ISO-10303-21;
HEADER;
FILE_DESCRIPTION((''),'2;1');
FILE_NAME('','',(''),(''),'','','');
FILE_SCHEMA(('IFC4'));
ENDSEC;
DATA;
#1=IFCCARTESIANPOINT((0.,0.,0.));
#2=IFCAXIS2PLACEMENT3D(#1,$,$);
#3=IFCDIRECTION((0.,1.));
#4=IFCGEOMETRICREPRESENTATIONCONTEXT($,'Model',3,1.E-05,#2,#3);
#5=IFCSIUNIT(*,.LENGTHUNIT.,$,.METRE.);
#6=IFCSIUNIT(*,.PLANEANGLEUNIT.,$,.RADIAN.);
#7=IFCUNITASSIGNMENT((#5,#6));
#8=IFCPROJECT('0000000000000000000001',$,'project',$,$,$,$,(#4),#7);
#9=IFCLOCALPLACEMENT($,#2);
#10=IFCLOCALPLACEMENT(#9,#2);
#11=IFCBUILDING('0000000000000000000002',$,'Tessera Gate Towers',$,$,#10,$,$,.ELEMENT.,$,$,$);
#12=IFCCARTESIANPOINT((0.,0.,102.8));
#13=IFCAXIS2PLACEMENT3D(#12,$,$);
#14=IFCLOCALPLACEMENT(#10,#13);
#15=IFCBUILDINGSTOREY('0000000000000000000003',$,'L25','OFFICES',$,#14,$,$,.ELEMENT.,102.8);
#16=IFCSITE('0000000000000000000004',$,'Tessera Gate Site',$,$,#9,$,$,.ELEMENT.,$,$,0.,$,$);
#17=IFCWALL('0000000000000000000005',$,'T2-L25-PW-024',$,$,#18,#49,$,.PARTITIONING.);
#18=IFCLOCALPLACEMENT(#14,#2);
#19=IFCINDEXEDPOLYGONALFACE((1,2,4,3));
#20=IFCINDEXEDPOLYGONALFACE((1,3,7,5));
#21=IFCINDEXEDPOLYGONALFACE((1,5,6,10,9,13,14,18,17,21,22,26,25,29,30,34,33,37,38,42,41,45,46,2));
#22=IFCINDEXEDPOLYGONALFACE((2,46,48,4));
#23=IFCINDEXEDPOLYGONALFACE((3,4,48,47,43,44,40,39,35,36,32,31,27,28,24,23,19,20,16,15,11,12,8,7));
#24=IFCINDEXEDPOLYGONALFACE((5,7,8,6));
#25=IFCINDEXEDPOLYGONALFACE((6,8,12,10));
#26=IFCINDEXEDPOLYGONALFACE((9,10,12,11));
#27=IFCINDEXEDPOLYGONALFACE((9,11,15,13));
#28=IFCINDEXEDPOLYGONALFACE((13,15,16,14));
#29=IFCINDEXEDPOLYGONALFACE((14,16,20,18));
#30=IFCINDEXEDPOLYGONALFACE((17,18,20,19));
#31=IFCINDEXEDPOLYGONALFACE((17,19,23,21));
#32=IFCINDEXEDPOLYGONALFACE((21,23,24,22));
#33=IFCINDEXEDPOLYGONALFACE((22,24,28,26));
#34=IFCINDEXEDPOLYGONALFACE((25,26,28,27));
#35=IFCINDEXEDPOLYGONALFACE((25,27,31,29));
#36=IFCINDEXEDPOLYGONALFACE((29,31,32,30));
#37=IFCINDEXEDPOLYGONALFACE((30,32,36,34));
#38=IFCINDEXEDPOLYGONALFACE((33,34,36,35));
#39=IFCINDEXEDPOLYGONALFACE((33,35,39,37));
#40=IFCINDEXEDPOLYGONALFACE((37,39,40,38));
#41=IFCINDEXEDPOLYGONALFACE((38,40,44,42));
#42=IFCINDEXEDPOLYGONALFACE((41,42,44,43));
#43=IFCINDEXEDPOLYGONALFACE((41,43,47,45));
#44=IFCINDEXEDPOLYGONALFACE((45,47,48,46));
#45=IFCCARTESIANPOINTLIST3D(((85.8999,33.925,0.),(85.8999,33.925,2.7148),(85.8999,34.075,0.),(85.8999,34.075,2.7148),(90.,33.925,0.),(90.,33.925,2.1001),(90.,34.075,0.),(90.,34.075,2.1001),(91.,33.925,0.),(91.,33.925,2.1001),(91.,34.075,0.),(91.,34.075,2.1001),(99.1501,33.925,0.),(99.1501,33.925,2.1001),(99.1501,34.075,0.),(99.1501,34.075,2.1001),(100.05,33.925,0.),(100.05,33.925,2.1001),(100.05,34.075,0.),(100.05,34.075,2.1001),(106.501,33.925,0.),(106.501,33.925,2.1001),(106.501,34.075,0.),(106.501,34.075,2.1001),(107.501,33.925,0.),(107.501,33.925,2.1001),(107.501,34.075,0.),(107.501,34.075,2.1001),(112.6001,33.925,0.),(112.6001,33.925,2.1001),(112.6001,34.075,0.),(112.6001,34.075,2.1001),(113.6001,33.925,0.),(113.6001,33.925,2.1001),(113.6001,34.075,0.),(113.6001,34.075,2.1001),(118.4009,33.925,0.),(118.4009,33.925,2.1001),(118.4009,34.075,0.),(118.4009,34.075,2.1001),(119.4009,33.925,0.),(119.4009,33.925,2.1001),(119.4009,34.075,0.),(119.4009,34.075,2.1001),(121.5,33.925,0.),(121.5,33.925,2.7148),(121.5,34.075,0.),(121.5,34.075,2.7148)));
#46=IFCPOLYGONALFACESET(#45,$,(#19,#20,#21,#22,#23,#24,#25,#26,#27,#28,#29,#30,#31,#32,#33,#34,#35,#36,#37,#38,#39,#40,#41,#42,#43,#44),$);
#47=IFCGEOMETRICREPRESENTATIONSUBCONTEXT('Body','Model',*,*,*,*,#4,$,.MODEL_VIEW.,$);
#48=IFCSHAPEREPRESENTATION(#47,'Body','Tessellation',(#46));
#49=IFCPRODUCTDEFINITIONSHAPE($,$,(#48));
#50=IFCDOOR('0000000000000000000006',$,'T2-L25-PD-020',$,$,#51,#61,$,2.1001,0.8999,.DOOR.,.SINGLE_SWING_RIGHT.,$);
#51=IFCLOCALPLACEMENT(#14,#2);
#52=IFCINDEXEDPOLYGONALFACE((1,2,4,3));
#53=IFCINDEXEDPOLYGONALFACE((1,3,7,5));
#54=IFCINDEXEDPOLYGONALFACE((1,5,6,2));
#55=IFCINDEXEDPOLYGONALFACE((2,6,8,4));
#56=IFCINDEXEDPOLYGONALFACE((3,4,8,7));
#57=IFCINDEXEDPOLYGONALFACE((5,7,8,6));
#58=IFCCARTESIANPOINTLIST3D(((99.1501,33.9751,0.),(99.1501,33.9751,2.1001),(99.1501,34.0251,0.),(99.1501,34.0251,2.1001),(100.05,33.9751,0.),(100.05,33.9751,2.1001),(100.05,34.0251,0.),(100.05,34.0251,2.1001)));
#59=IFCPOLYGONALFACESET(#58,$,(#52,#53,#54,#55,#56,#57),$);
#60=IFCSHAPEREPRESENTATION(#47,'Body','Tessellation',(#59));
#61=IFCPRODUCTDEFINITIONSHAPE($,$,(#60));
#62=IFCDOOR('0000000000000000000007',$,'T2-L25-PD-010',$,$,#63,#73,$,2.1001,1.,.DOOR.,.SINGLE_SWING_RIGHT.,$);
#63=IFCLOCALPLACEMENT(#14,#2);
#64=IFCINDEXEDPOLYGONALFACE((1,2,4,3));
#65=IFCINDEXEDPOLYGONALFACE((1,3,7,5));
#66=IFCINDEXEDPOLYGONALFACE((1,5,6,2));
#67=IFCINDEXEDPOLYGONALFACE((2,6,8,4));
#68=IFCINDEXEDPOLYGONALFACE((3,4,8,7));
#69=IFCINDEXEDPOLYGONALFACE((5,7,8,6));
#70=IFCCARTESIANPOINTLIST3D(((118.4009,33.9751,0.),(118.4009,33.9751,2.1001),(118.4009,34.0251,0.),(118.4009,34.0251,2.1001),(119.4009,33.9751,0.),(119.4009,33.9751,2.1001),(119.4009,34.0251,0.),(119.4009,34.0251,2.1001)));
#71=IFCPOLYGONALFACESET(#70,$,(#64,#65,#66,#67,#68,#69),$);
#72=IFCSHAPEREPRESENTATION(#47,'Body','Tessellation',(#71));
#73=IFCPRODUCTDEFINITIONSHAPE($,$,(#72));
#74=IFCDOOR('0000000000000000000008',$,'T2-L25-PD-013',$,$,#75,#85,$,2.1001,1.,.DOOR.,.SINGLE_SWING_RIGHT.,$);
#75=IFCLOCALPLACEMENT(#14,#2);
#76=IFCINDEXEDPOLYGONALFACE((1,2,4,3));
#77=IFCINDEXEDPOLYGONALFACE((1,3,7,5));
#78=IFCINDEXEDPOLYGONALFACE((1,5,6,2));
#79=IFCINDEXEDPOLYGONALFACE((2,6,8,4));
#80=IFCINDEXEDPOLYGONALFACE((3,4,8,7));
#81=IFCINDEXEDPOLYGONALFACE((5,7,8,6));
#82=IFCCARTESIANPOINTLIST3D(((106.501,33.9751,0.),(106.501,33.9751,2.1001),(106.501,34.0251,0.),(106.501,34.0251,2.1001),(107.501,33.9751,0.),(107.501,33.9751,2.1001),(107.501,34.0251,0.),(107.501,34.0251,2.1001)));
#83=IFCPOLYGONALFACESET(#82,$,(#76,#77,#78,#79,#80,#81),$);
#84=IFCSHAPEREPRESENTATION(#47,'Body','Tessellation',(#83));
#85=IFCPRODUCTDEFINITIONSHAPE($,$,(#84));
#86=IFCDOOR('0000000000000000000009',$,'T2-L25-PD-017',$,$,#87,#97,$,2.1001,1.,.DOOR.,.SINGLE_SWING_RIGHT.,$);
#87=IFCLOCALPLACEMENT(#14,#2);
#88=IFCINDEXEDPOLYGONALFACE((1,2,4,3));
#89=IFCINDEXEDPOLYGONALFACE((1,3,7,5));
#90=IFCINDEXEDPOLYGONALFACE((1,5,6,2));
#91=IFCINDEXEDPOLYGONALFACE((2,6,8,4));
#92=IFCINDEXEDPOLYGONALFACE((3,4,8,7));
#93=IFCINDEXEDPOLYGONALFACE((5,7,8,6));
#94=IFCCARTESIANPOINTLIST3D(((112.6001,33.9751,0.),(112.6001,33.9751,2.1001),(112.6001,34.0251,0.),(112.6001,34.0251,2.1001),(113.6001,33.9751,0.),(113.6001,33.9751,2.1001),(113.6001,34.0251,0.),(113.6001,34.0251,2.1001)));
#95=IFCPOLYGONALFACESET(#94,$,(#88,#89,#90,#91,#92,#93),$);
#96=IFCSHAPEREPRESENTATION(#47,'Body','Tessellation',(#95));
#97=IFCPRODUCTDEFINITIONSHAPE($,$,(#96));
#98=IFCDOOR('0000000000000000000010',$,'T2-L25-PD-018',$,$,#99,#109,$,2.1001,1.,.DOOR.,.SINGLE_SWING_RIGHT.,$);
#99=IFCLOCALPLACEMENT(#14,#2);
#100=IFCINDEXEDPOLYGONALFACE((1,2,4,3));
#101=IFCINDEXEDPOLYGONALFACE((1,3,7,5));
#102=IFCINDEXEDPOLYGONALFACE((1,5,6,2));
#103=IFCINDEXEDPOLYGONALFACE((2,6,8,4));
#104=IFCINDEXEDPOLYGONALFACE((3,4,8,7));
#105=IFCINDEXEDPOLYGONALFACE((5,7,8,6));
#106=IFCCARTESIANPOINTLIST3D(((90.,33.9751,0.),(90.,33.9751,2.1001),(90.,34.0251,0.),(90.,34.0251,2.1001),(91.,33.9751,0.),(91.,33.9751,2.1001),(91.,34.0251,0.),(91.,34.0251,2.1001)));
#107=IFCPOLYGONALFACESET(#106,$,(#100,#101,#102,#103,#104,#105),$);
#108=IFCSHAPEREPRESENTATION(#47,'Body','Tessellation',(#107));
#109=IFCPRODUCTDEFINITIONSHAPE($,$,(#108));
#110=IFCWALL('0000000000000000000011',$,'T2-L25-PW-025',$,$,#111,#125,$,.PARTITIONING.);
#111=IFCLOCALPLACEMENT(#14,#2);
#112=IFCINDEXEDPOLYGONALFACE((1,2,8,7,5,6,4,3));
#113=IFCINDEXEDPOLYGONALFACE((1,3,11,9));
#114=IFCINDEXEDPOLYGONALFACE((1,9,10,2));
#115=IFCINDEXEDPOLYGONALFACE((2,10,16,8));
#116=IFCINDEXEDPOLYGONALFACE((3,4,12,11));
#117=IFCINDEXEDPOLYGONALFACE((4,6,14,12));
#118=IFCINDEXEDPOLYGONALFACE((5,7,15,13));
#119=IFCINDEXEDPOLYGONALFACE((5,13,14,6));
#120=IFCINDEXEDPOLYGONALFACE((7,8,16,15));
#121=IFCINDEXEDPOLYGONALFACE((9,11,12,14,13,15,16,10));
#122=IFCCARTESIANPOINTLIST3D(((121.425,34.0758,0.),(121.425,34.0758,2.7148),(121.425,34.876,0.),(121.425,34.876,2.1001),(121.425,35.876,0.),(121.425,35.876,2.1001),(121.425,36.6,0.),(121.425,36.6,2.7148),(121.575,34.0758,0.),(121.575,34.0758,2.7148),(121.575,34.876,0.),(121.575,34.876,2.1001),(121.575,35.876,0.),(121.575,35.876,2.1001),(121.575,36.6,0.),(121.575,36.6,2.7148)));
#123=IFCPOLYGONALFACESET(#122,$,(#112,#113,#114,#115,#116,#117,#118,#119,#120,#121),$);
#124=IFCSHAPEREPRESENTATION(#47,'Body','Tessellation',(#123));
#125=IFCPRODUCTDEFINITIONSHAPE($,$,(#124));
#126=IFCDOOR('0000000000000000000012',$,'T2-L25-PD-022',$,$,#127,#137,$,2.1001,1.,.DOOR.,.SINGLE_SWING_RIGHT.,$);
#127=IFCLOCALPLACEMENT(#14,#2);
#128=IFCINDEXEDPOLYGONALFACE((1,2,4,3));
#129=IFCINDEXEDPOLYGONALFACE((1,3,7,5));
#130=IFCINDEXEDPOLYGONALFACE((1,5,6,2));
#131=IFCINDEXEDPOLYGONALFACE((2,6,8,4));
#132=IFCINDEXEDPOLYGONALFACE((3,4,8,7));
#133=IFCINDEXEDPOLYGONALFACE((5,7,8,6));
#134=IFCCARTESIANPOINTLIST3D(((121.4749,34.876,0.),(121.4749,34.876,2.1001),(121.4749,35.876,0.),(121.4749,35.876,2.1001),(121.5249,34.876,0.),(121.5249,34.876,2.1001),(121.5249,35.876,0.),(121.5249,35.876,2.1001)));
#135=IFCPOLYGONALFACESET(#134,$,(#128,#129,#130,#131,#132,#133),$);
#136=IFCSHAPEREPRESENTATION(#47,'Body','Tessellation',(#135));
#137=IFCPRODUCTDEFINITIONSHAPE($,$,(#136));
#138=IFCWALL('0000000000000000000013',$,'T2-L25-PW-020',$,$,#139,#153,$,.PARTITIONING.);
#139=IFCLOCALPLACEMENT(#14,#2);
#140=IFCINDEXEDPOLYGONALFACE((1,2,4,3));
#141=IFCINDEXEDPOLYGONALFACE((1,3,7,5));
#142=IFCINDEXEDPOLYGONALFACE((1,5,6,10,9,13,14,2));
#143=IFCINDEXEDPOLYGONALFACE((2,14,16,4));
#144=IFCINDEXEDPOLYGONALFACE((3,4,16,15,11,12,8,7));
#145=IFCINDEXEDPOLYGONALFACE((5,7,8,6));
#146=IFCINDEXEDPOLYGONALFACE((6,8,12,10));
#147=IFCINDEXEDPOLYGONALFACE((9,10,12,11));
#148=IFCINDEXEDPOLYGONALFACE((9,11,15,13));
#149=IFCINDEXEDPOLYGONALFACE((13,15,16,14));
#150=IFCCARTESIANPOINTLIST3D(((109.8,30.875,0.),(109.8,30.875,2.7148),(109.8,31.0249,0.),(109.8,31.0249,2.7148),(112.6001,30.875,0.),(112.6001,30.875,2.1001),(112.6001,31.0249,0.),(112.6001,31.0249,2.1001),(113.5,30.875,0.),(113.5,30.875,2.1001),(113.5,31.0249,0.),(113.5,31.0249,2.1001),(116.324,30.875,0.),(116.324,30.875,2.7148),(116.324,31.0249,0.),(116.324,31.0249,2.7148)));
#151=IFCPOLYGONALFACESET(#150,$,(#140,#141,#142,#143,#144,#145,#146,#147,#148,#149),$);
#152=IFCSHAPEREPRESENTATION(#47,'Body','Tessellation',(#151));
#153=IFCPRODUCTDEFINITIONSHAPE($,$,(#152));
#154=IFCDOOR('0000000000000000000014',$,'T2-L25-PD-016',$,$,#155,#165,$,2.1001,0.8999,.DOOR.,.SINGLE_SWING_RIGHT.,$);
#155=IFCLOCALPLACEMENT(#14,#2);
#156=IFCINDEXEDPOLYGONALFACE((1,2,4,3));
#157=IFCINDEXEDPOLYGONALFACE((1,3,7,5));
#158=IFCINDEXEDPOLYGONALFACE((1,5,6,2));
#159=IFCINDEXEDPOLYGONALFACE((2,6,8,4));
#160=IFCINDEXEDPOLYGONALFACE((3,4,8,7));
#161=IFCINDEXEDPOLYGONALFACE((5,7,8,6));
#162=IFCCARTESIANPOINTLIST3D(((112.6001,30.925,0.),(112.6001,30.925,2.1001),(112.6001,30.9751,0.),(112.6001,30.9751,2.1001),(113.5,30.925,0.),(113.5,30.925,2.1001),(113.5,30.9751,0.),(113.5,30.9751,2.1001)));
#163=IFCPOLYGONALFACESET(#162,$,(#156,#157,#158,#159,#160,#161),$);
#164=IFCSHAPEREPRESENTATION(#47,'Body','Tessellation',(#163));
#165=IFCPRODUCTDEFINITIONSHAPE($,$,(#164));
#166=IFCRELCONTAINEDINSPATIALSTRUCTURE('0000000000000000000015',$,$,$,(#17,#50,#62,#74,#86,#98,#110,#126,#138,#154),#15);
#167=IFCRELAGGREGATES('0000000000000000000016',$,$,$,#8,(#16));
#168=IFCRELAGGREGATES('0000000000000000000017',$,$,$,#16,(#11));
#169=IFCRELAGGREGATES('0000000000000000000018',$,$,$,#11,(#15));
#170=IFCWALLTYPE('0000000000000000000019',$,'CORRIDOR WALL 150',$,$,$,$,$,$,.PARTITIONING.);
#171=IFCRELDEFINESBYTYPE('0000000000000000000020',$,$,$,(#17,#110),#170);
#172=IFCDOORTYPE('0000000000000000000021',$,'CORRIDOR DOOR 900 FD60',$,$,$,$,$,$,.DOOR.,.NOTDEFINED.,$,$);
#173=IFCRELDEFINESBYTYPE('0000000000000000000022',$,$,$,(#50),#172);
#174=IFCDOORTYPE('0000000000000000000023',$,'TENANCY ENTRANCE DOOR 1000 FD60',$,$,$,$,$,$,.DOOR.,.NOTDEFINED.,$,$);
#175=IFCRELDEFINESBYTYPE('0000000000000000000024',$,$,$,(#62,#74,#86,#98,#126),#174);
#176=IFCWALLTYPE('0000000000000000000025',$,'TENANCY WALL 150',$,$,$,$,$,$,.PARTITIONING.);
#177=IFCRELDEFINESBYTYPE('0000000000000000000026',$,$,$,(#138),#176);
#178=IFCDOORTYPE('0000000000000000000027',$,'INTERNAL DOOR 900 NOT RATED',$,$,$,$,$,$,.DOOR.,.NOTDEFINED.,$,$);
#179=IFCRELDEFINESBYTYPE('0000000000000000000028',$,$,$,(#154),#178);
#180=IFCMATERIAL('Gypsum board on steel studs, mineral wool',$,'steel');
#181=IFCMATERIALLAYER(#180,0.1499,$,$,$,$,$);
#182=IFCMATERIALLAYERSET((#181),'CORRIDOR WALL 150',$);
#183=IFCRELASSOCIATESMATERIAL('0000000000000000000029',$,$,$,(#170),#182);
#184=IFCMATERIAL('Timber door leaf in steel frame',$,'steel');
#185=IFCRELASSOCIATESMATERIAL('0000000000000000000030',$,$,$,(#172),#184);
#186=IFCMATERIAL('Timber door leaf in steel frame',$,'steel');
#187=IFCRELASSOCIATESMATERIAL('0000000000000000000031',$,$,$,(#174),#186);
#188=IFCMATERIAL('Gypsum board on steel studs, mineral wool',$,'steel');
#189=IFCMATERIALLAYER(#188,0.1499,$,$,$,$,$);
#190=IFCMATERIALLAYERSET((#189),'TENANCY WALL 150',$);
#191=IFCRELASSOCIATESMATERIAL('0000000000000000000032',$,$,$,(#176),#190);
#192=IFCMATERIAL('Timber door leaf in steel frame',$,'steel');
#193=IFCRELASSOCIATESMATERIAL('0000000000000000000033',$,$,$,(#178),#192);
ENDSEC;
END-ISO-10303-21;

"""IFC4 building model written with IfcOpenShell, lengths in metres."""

from ifc_helpers import new_model, si_unit, direction, frame, frame_2d, origin, place, context, subcontext, project, spatial, rectangle, extrude, source, transform, mapped, material, layer, layer_set, type_object, element, fill, save


model = new_model("IFC4")

# Units and contexts
model_context = context("Model", 3, precision=1e-05, world=origin(), true_north=direction((0.0, 1.0)))
body_context = subcontext(model_context, "Body", "Model", "MODEL_VIEW")
ifc_project = project(units=[si_unit("LENGTHUNIT", "METRE"), si_unit("PLANEANGLEUNIT", "RADIAN")], contexts=[model_context])

# Site, building, storey
site_placement = place(None, origin())
site = spatial("IfcSite", under=ifc_project, at=site_placement, Name="Tessera Gate Site", CompositionType="ELEMENT", RefElevation=0.0)
building_placement = place(site_placement, origin())
building = spatial("IfcBuilding", under=site, at=building_placement, Name="Tessera Gate Towers", CompositionType="ELEMENT")
storey_placement = place(building_placement, frame((0.0, 0.0, 102.8)))
storey = spatial("IfcBuildingStorey", under=building, at=storey_placement, Name="L25", Description="OFFICES", CompositionType="ELEMENT", Elevation=102.8)

# Wall, openings, doors
ifc_material_1 = material(Name="Gypsum board on steel studs, mineral wool", Category="steel")
ifc_layer_1 = layer(ifc_material_1, 0.1499)
ifc_layer_set_1 = layer_set([ifc_layer_1], Name="CORRIDOR WALL 150")
wall_type_1 = type_object("IfcWallType", Name="CORRIDOR WALL 150", PredefinedType="PARTITIONING", material=ifc_layer_set_1)
wall_1_placement = place(storey_placement, frame((121.5, 34.0, 0.0), z_axis=(0.0, 0.0, 1.0), x_axis=(-1.0, 0.0, 0.0)))
wall_1 = element("IfcWall", 1, at=wall_1_placement, inside=storey, type_object=wall_type_1, Name="T2-L25-PW-024", PredefinedType="PARTITIONING", context=body_context, shape_type="SweptSolid", body=[
    extrude(rectangle(XDim=35.6001, YDim=0.1499, at=frame_2d((17.8, 0.0))), origin(), (0.0, 0.0, 1.0), 2.7148),
])
shared_shape_1 = source(origin(), body_context, "Body", "SweptSolid", [
    extrude(rectangle(XDim=1.0, YDim=2.1001, at=frame_2d((0.5, 1.05))), frame((0.0, 0.085, 0.0), z_axis=(0.0, -1.0, 0.0), x_axis=(1.0, 0.0, 0.0)), (0.0, 0.0, 1.0), 0.1699),
])
opening_1_placement = place(wall_1_placement, frame((2.0991, 0.0, 0.0)))
opening_1 = element("IfcOpeningElement", 2, at=opening_1_placement, cuts=wall_1, PredefinedType="OPENING", context=body_context, shape_type="MappedRepresentation", body=[
    mapped(shared_shape_1, transform((0.0, 0.0, 0.0), scale=1.0)),
])
opening_2_placement = place(wall_1_placement, frame((13.999, 0.0, 0.0)))
opening_2 = element("IfcOpeningElement", 3, at=opening_2_placement, cuts=wall_1, PredefinedType="OPENING", context=body_context, shape_type="MappedRepresentation", body=[
    mapped(shared_shape_1, transform((0.0, 0.0, 0.0), scale=1.0)),
])
opening_3_placement = place(wall_1_placement, frame((7.8999, 0.0, 0.0)))
opening_3 = element("IfcOpeningElement", 4, at=opening_3_placement, cuts=wall_1, PredefinedType="OPENING", context=body_context, shape_type="MappedRepresentation", body=[
    mapped(shared_shape_1, transform((0.0, 0.0, 0.0), scale=1.0)),
])
opening_4_placement = place(wall_1_placement, frame((30.5, 0.0, 0.0)))
opening_4 = element("IfcOpeningElement", 5, at=opening_4_placement, cuts=wall_1, PredefinedType="OPENING", context=body_context, shape_type="MappedRepresentation", body=[
    mapped(shared_shape_1, transform((0.0, 0.0, 0.0), scale=1.0)),
])
shared_shape_2 = source(origin(), body_context, "Body", "SweptSolid", [
    extrude(rectangle(XDim=0.8999, YDim=2.1001, at=frame_2d((0.45, 1.05))), frame((0.0, 0.085, 0.0), z_axis=(0.0, -1.0, 0.0), x_axis=(1.0, 0.0, 0.0)), (0.0, 0.0, 1.0), 0.1699),
])
opening_5_placement = place(wall_1_placement, frame((21.45, 0.0, 0.0)))
opening_5 = element("IfcOpeningElement", 6, at=opening_5_placement, cuts=wall_1, PredefinedType="OPENING", context=body_context, shape_type="MappedRepresentation", body=[
    mapped(shared_shape_2, transform((0.0, 0.0, 0.0), scale=1.0)),
])
ifc_material_2 = material(Name="Timber door leaf in steel frame", Category="steel")
door_type_1 = type_object("IfcDoorType", Name="CORRIDOR DOOR 900 FD60", OperationType="NOTDEFINED", PredefinedType="DOOR", material=ifc_material_2)
shared_shape_3 = source(origin(), body_context, "Body", "SweptSolid", [
    extrude(rectangle(XDim=0.8999, YDim=2.1001, at=frame_2d((0.45, 1.05))), frame((0.0, 0.0249, 0.0), z_axis=(0.0, -1.0, 0.0), x_axis=(1.0, 0.0, 0.0)), (0.0, 0.0, 1.0), 0.05),
])
door_1_placement = place(opening_5_placement, origin())
door_1 = element("IfcDoor", 7, at=door_1_placement, inside=storey, type_object=door_type_1, Name="T2-L25-PD-020", OperationType="SINGLE_SWING_RIGHT", OverallHeight=2.1001, OverallWidth=0.8999, PredefinedType="DOOR", context=body_context, shape_type="MappedRepresentation", body=[
    mapped(shared_shape_3, transform((0.0, 0.0, 0.0), scale=1.0)),
])
fill(opening_5, door_1)
ifc_material_3 = material(Name="Timber door leaf in steel frame", Category="steel")
door_type_2 = type_object("IfcDoorType", Name="TENANCY ENTRANCE DOOR 1000 FD60", OperationType="NOTDEFINED", PredefinedType="DOOR", material=ifc_material_3)
shared_shape_4 = source(origin(), body_context, "Body", "SweptSolid", [
    extrude(rectangle(XDim=1.0, YDim=2.1001, at=frame_2d((0.5, 1.05))), frame((0.0, 0.0249, 0.0), z_axis=(0.0, -1.0, 0.0), x_axis=(1.0, 0.0, 0.0)), (0.0, 0.0, 1.0), 0.05),
])
door_2_placement = place(opening_1_placement, origin())
door_2 = element("IfcDoor", 8, at=door_2_placement, inside=storey, type_object=door_type_2, Name="T2-L25-PD-010", OperationType="SINGLE_SWING_RIGHT", OverallHeight=2.1001, OverallWidth=1.0, PredefinedType="DOOR", context=body_context, shape_type="MappedRepresentation", body=[
    mapped(shared_shape_4, transform((0.0, 0.0, 0.0), scale=1.0)),
])
fill(opening_1, door_2)
door_3_placement = place(opening_2_placement, origin())
door_3 = element("IfcDoor", 9, at=door_3_placement, inside=storey, type_object=door_type_2, Name="T2-L25-PD-013", OperationType="SINGLE_SWING_RIGHT", OverallHeight=2.1001, OverallWidth=1.0, PredefinedType="DOOR", context=body_context, shape_type="MappedRepresentation", body=[
    mapped(shared_shape_4, transform((0.0, 0.0, 0.0), scale=1.0)),
])
fill(opening_2, door_3)
door_4_placement = place(opening_3_placement, origin())
door_4 = element("IfcDoor", 10, at=door_4_placement, inside=storey, type_object=door_type_2, Name="T2-L25-PD-017", OperationType="SINGLE_SWING_RIGHT", OverallHeight=2.1001, OverallWidth=1.0, PredefinedType="DOOR", context=body_context, shape_type="MappedRepresentation", body=[
    mapped(shared_shape_4, transform((0.0, 0.0, 0.0), scale=1.0)),
])
fill(opening_3, door_4)
door_5_placement = place(opening_4_placement, origin())
door_5 = element("IfcDoor", 11, at=door_5_placement, inside=storey, type_object=door_type_2, Name="T2-L25-PD-018", OperationType="SINGLE_SWING_RIGHT", OverallHeight=2.1001, OverallWidth=1.0, PredefinedType="DOOR", context=body_context, shape_type="MappedRepresentation", body=[
    mapped(shared_shape_4, transform((0.0, 0.0, 0.0), scale=1.0)),
])
fill(opening_4, door_5)

# Walls, openings, doors
wall_2_placement = place(storey_placement, frame((121.5, 36.6001, 0.0), z_axis=(0.0, 0.0, 1.0), x_axis=(0.0, -1.0, 0.0)))
wall_2 = element("IfcWall", 12, at=wall_2_placement, inside=storey, type_object=wall_type_1, Name="T2-L25-PW-025", PredefinedType="PARTITIONING", context=body_context, shape_type="SweptSolid", body=[
    extrude(rectangle(XDim=2.5242, YDim=0.1499, at=frame_2d((1.2622, 0.0))), origin(), (0.0, 0.0, 1.0), 2.7148),
])
opening_6_placement = place(wall_2_placement, frame((0.7241, 0.0, 0.0)))
opening_6 = element("IfcOpeningElement", 13, at=opening_6_placement, cuts=wall_2, PredefinedType="OPENING", context=body_context, shape_type="MappedRepresentation", body=[
    mapped(shared_shape_1, transform((0.0, 0.0, 0.0), scale=1.0)),
])
door_6_placement = place(opening_6_placement, origin())
door_6 = element("IfcDoor", 14, at=door_6_placement, inside=storey, type_object=door_type_2, Name="T2-L25-PD-022", OperationType="SINGLE_SWING_RIGHT", OverallHeight=2.1001, OverallWidth=1.0, PredefinedType="DOOR", context=body_context, shape_type="MappedRepresentation", body=[
    mapped(shared_shape_4, transform((0.0, 0.0, 0.0), scale=1.0)),
])
fill(opening_6, door_6)
ifc_material_4 = material(Name="Gypsum board on steel studs, mineral wool", Category="steel")
ifc_layer_2 = layer(ifc_material_4, 0.1499)
ifc_layer_set_2 = layer_set([ifc_layer_2], Name="TENANCY WALL 150")
wall_type_2 = type_object("IfcWallType", Name="TENANCY WALL 150", PredefinedType="PARTITIONING", material=ifc_layer_set_2)
wall_3_placement = place(storey_placement, frame((116.324, 30.95, 0.0), z_axis=(0.0, 0.0, 1.0), x_axis=(-1.0, 0.0, 0.0)))
wall_3 = element("IfcWall", 15, at=wall_3_placement, inside=storey, type_object=wall_type_2, Name="T2-L25-PW-020", PredefinedType="PARTITIONING", context=body_context, shape_type="SweptSolid", body=[
    extrude(rectangle(XDim=6.5239, YDim=0.1499, at=frame_2d((3.262, 0.0))), origin(), (0.0, 0.0, 1.0), 2.7148),
])
opening_7_placement = place(wall_3_placement, frame((2.824, 0.0, 0.0)))
opening_7 = element("IfcOpeningElement", 16, at=opening_7_placement, cuts=wall_3, PredefinedType="OPENING", context=body_context, shape_type="MappedRepresentation", body=[
    mapped(shared_shape_2, transform((0.0, 0.0, 0.0), scale=1.0)),
])
ifc_material_5 = material(Name="Timber door leaf in steel frame", Category="steel")
door_type_3 = type_object("IfcDoorType", Name="INTERNAL DOOR 900 NOT RATED", OperationType="NOTDEFINED", PredefinedType="DOOR", material=ifc_material_5)
door_7_placement = place(opening_7_placement, origin())
door_7 = element("IfcDoor", 17, at=door_7_placement, inside=storey, type_object=door_type_3, Name="T2-L25-PD-016", OperationType="SINGLE_SWING_RIGHT", OverallHeight=2.1001, OverallWidth=0.8999, PredefinedType="DOOR", context=body_context, shape_type="MappedRepresentation", body=[
    mapped(shared_shape_3, transform((0.0, 0.0, 0.0), scale=1.0)),
])
fill(opening_7, door_7)

save(model, "model.ifc")
